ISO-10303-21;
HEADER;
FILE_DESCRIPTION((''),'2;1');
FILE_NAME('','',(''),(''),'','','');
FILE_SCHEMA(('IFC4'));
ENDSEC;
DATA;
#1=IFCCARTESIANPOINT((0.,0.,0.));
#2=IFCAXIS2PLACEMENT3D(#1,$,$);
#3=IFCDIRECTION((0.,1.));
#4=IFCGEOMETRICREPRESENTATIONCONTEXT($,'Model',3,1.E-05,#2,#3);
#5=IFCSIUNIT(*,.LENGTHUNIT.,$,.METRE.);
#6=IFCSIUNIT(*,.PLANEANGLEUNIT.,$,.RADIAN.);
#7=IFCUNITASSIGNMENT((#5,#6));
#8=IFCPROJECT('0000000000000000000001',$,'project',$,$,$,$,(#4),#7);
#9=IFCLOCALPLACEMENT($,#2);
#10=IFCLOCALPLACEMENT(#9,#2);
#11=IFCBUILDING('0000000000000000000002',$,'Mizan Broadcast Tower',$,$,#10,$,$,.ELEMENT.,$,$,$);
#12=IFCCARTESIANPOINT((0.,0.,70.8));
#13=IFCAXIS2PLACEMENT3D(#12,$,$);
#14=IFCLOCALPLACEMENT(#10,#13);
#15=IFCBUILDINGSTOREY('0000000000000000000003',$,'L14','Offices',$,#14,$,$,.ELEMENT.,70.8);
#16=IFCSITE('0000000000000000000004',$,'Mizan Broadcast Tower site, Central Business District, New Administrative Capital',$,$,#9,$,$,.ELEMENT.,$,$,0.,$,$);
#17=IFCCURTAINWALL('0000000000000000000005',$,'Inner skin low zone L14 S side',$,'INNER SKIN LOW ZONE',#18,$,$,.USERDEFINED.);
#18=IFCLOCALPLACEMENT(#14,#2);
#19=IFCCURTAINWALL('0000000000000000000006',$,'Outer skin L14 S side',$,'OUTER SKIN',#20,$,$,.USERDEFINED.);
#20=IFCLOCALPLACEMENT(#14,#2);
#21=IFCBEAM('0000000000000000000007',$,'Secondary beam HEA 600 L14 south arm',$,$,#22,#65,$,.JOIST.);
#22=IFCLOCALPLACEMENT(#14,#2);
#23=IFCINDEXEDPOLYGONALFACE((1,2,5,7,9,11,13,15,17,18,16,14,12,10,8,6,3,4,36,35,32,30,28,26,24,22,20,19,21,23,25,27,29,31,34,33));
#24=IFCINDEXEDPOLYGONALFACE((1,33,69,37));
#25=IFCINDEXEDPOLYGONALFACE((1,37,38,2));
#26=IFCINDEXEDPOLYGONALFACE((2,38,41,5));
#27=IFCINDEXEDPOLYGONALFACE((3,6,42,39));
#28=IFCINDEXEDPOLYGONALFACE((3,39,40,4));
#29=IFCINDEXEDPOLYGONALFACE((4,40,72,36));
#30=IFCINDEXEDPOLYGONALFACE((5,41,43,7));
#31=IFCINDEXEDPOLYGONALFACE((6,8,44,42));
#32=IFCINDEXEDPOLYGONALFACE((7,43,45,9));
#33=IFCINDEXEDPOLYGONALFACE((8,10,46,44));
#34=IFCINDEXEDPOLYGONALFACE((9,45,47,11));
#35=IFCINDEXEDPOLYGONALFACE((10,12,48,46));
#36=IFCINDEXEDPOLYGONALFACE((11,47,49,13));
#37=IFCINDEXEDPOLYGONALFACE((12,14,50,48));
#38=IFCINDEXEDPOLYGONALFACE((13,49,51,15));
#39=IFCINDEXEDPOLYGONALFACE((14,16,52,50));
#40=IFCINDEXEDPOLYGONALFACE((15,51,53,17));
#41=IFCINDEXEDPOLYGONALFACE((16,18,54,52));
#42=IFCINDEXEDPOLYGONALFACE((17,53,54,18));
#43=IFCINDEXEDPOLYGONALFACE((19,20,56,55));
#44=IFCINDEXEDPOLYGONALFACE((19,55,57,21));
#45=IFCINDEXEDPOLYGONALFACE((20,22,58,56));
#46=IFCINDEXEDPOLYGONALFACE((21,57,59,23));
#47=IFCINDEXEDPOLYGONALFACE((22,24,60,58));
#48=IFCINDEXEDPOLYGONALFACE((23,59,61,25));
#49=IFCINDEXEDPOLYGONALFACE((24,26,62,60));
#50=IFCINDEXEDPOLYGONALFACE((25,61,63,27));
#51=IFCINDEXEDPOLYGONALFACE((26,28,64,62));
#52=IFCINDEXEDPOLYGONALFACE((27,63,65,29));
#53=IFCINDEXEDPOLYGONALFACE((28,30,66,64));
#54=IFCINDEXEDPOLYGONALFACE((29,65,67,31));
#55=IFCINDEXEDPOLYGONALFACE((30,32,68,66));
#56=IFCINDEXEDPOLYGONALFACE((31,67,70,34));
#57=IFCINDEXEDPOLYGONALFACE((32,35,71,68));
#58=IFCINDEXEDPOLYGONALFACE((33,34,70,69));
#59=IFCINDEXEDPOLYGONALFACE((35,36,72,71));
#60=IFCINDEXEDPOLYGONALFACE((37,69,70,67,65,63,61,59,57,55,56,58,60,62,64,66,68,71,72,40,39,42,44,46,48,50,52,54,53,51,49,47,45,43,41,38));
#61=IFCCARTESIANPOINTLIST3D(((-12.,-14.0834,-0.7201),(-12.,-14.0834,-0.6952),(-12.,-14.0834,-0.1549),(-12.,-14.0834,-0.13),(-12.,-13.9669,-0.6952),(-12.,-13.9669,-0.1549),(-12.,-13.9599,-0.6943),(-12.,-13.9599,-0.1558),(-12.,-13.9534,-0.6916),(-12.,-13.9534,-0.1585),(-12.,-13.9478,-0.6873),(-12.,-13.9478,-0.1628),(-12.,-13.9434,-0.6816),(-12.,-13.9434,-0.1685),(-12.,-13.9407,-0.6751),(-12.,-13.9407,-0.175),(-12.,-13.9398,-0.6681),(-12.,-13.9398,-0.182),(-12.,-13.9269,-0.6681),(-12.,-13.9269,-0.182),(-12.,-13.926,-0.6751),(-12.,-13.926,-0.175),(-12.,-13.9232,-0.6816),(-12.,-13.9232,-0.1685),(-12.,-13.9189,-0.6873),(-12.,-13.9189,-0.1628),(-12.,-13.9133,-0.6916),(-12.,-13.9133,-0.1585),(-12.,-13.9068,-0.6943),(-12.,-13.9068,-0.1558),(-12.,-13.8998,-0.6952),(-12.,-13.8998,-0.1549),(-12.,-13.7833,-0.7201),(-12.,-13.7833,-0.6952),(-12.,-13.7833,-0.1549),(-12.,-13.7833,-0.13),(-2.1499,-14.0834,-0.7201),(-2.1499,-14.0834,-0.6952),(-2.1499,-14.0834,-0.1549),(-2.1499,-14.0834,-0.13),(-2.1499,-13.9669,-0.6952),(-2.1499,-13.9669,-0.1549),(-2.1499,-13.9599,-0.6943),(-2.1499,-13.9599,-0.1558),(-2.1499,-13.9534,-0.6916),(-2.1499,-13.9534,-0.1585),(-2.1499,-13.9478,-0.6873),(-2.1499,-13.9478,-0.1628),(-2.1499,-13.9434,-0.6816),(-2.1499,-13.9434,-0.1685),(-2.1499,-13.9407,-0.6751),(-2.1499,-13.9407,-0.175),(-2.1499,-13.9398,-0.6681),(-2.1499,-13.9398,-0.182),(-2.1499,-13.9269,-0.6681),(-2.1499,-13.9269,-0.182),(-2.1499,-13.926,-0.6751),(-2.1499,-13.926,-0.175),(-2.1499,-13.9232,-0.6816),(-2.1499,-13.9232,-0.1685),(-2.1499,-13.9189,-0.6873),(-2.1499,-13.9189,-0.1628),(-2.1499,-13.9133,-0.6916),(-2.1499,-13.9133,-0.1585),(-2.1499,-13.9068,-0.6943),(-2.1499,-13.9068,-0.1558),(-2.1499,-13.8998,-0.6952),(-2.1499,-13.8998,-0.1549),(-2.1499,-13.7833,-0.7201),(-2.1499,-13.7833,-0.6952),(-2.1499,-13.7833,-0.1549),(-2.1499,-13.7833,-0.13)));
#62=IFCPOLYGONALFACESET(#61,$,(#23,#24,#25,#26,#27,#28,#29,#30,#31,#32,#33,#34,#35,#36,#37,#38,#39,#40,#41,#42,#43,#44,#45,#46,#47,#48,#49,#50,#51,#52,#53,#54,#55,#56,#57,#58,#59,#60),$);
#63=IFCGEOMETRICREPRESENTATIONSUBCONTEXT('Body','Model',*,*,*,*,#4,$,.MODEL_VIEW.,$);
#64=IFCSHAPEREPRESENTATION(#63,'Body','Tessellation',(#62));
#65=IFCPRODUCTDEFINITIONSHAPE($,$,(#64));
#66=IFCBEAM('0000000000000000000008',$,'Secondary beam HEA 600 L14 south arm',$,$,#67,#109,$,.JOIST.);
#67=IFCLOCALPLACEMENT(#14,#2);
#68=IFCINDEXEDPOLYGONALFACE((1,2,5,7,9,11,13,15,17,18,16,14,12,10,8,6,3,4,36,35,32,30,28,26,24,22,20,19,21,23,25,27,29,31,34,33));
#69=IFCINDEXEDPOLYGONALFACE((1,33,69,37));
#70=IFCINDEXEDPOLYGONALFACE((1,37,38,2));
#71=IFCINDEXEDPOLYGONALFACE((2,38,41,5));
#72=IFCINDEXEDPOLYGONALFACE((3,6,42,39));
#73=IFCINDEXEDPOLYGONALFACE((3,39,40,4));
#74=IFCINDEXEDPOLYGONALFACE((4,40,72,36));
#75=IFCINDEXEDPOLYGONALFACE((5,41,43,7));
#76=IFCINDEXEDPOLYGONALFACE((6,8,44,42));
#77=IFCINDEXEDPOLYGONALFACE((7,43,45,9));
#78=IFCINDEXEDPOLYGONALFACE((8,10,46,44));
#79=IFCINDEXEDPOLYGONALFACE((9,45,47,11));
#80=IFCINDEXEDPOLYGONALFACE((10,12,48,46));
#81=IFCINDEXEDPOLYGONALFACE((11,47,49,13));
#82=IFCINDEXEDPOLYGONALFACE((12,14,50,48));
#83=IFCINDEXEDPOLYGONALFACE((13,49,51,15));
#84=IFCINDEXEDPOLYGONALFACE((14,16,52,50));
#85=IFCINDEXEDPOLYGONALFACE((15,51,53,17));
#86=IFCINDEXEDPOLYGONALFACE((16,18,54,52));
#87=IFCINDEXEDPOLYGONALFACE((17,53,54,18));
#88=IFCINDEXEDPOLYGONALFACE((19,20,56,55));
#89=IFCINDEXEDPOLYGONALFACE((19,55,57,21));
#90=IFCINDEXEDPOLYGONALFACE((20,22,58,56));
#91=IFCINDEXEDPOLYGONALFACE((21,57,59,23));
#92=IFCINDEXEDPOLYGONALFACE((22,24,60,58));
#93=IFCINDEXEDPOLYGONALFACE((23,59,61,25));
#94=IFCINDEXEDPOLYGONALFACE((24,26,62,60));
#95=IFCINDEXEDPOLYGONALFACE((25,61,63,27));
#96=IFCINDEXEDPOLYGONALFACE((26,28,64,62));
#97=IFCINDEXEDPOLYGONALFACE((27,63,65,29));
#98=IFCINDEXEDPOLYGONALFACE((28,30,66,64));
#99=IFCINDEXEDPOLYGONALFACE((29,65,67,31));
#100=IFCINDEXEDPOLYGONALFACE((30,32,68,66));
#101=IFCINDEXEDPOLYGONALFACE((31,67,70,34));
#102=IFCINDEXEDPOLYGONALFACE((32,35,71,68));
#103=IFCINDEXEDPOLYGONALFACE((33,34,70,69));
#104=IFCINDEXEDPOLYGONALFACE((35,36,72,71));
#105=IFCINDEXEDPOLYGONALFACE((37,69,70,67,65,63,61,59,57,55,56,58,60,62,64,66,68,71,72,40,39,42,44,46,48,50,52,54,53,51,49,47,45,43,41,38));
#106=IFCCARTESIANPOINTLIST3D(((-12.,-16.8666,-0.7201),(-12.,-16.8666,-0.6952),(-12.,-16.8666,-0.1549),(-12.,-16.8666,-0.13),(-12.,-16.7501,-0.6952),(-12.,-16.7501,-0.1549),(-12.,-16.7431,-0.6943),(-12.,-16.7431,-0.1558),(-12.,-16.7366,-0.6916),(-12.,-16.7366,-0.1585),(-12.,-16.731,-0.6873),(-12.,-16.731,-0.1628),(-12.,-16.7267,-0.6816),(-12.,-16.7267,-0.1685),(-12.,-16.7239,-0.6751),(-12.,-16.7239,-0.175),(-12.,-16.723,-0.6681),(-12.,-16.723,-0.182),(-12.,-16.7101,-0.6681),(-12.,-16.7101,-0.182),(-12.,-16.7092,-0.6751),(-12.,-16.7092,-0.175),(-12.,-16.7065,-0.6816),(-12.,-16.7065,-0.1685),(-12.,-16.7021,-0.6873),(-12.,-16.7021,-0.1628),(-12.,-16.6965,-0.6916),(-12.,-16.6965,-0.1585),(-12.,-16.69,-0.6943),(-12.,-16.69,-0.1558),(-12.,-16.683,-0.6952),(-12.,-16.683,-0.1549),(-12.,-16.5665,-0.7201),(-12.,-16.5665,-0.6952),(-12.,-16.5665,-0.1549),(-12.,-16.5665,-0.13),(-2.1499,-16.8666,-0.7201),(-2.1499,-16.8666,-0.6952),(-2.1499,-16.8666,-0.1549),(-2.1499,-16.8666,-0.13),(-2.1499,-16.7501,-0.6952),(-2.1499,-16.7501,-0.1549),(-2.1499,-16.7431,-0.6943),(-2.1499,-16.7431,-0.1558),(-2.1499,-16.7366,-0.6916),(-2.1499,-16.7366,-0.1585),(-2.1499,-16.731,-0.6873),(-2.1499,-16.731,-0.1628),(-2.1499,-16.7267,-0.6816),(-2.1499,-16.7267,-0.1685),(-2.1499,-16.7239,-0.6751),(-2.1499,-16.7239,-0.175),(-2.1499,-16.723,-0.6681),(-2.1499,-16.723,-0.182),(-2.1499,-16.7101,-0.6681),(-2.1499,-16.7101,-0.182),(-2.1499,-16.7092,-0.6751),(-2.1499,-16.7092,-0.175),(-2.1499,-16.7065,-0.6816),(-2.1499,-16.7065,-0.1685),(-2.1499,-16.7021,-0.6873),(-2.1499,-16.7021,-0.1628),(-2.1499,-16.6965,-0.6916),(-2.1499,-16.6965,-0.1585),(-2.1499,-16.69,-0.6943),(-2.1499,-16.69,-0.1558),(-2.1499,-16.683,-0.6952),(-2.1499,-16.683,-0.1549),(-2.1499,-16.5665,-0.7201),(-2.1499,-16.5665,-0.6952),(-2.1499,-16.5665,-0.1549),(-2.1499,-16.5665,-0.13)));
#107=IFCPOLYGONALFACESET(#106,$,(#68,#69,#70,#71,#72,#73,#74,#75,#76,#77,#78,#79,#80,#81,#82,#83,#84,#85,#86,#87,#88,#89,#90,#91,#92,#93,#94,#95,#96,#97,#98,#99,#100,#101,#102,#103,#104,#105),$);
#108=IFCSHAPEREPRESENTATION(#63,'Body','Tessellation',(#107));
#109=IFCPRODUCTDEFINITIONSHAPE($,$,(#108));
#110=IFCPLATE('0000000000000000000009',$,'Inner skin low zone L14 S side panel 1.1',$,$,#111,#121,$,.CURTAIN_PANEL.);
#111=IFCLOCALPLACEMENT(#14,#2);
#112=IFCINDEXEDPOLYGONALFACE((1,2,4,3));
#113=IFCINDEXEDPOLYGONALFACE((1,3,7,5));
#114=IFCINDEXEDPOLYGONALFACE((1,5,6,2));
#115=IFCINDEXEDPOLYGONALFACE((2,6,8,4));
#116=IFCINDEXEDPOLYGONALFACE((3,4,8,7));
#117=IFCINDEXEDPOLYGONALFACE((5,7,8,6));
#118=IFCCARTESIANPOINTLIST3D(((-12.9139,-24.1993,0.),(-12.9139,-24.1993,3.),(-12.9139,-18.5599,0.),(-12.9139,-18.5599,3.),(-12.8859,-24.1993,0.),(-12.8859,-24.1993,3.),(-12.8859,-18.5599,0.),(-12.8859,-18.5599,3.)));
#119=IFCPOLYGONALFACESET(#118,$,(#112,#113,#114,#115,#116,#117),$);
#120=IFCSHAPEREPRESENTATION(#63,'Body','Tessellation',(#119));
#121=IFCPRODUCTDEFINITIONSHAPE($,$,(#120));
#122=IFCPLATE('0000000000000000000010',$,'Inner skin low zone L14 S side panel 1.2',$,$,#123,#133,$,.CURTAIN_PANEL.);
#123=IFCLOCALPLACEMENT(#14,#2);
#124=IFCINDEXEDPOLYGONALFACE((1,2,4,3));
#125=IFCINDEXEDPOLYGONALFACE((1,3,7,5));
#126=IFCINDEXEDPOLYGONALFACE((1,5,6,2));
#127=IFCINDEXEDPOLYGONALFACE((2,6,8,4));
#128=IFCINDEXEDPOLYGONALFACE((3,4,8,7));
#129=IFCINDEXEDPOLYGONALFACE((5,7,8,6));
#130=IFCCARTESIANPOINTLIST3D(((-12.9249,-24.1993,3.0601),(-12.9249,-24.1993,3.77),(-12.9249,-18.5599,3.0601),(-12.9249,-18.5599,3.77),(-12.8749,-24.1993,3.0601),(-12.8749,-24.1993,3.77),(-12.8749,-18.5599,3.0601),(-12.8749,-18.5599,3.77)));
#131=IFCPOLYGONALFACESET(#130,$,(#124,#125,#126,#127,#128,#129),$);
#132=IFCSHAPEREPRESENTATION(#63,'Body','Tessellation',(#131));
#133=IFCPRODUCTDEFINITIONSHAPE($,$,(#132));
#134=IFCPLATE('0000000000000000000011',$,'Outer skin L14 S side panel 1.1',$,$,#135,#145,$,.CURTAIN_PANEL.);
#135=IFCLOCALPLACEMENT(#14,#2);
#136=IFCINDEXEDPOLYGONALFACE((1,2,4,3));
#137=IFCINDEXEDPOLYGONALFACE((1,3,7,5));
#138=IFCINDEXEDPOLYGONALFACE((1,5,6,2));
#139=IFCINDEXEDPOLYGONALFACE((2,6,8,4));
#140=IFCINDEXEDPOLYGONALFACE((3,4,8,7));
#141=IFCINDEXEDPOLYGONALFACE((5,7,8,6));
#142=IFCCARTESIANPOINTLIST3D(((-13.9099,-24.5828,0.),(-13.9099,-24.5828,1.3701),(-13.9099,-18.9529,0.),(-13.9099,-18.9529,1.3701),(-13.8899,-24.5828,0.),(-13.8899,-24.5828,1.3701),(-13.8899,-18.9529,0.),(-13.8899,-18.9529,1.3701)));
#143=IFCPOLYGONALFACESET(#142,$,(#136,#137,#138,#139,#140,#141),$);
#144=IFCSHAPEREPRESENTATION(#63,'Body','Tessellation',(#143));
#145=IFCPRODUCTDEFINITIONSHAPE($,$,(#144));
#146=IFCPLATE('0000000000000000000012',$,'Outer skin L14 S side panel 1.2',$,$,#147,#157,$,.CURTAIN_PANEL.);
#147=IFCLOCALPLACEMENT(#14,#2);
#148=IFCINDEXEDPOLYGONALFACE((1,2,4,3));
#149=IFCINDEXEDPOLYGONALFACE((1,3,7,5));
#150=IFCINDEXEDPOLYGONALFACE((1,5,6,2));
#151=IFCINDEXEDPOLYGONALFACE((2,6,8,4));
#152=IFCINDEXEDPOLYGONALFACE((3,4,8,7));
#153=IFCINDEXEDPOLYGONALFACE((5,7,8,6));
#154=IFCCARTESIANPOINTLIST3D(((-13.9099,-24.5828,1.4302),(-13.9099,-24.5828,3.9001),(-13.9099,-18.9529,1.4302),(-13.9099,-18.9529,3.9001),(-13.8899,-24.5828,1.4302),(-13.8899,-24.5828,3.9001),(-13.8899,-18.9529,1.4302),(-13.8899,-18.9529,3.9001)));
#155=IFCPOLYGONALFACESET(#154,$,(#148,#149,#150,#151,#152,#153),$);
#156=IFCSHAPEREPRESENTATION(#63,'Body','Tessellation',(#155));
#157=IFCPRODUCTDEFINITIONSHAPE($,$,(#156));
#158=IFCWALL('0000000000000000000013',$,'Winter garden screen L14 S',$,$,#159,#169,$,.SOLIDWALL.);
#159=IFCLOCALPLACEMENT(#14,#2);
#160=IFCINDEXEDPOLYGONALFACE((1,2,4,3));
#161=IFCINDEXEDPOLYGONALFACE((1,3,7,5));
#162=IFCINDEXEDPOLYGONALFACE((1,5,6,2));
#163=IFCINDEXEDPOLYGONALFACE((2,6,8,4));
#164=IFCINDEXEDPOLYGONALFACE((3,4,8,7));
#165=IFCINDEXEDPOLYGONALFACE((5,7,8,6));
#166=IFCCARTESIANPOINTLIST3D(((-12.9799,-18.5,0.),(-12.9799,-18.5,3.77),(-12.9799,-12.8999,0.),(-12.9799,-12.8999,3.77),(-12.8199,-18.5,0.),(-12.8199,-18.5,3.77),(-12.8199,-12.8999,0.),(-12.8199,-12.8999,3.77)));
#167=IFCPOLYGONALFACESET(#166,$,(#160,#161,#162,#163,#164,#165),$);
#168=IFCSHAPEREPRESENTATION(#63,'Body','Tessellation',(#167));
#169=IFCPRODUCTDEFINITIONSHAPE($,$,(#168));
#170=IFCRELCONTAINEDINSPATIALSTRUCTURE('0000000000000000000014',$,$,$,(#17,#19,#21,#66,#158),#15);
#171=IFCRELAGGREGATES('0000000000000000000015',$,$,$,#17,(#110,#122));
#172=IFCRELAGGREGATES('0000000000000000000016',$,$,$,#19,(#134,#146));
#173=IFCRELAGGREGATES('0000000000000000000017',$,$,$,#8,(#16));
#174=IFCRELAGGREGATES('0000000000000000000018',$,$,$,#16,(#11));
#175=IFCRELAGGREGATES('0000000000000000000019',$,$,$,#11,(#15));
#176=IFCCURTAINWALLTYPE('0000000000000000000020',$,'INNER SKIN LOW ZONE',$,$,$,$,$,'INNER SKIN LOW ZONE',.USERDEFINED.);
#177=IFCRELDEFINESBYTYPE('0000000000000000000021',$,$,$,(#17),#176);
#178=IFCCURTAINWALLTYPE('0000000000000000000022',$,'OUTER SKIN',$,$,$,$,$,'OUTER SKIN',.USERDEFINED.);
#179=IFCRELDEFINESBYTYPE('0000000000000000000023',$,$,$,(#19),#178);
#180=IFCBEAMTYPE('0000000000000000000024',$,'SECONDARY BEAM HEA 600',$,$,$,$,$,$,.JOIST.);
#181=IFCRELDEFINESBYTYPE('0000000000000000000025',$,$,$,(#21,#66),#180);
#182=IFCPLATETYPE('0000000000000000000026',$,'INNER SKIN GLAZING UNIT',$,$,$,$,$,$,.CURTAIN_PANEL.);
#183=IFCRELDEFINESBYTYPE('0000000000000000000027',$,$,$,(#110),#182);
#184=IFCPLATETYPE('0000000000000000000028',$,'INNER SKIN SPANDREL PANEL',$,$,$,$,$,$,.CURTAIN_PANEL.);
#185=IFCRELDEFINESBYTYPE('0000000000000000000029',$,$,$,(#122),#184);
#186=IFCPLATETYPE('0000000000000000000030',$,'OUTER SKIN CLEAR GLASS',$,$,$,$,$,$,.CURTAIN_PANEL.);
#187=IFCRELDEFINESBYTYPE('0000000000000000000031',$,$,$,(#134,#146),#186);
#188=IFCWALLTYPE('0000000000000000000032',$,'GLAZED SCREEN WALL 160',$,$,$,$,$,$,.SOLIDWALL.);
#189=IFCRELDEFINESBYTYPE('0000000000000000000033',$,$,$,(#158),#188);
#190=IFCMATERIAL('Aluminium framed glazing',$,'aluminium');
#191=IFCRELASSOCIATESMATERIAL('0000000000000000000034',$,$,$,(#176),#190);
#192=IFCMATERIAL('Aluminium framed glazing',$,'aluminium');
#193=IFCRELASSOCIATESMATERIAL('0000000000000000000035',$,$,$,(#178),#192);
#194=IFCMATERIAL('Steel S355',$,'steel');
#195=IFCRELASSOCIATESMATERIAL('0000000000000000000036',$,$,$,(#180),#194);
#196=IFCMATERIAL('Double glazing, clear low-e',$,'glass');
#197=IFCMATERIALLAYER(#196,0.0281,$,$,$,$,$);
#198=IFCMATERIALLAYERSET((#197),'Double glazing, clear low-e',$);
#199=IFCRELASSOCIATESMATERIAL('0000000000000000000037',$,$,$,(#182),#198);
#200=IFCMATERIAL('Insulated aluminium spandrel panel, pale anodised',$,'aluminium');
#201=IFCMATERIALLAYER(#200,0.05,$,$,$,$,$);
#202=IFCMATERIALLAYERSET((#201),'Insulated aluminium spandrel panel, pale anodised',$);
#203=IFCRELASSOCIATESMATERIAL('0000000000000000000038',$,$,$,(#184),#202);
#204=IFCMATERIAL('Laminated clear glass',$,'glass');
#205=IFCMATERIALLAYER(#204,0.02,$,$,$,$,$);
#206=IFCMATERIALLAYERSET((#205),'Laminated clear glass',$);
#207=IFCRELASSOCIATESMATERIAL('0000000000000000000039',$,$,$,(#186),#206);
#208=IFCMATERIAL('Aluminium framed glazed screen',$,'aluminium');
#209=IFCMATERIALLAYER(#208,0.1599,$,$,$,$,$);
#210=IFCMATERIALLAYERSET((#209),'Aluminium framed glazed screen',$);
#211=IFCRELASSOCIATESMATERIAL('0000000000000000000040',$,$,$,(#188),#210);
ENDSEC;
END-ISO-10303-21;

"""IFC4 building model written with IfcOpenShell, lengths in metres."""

from ifc_helpers import new_model, si_unit, direction, frame, frame_2d, origin, origin_2d, place, context, subcontext, project, spatial, rectangle, i_section, extrude, material, layer, layer_set, material_profile, profile_set, type_object, element, aggregate, save


model = new_model("IFC4")

# Units and contexts
model_context = context("Model", 3, precision=1e-05, world=origin(), true_north=direction((0.0, 1.0)))
body_context = subcontext(model_context, "Body", "Model", "MODEL_VIEW")
ifc_project = project(units=[si_unit("LENGTHUNIT", "METRE"), si_unit("PLANEANGLEUNIT", "RADIAN")], contexts=[model_context])

# Site, building, storey
site_placement = place(None, origin())
site = spatial("IfcSite", under=ifc_project, at=site_placement, Name="Mizan Broadcast Tower site, Central Business District, New Administrative Capital", CompositionType="ELEMENT", RefElevation=0.0)
building_placement = place(site_placement, origin())
building = spatial("IfcBuilding", under=site, at=building_placement, Name="Mizan Broadcast Tower", CompositionType="ELEMENT")
storey_placement = place(building_placement, frame((0.0, 0.0, 70.8)))
storey = spatial("IfcBuildingStorey", under=building, at=storey_placement, Name="L14", Description="Offices", CompositionType="ELEMENT", Elevation=70.8)

# Curtain walls
ifc_material_1 = material(Name="Aluminium framed glazing", Category="aluminium")
curtain_wall_type_1 = type_object("IfcCurtainWallType", Name="INNER SKIN LOW ZONE", ElementType="INNER SKIN LOW ZONE", PredefinedType="USERDEFINED", material=ifc_material_1)
curtain_wall_1_placement = place(storey_placement, origin())
curtain_wall_1 = element("IfcCurtainWall", 1, at=curtain_wall_1_placement, inside=storey, type_object=curtain_wall_type_1, Name="Inner skin low zone L14 S side", ObjectType="INNER SKIN LOW ZONE", PredefinedType="USERDEFINED")
ifc_material_2 = material(Name="Aluminium framed glazing", Category="aluminium")
curtain_wall_type_2 = type_object("IfcCurtainWallType", Name="OUTER SKIN", ElementType="OUTER SKIN", PredefinedType="USERDEFINED", material=ifc_material_2)
curtain_wall_2_placement = place(storey_placement, origin())
curtain_wall_2 = element("IfcCurtainWall", 2, at=curtain_wall_2_placement, inside=storey, type_object=curtain_wall_type_2, Name="Outer skin L14 S side", ObjectType="OUTER SKIN", PredefinedType="USERDEFINED")

# Beams
ifc_material_3 = material(Name="Steel S355", Category="steel")
ifc_material_profile_1 = material_profile(ifc_material_3, i_section(OverallWidth=0.3, OverallDepth=0.5901, WebThickness=0.0129, FlangeThickness=0.0249, FilletRadius=0.0271, at=origin_2d()), Name="HEA 600")
ifc_profile_set_1 = profile_set([ifc_material_profile_1], Name="Steel S355")
beam_type_1 = type_object("IfcBeamType", Name="SECONDARY BEAM HEA 600", PredefinedType="JOIST", material=ifc_profile_set_1)
for number, where, z_axis, x_axis, name in (
    (3, (-12.0, -13.9333, -0.425), (1.0, 0.0, 0.0), (0.0, 1.0, 0.0), "Secondary beam HEA 600 L14 south arm"),
    (4, (-12.0, -16.7166, -0.425), (1.0, 0.0, 0.0), (0.0, 1.0, 0.0), "Secondary beam HEA 600 L14 south arm"),
):
    element("IfcBeam", number, at=place(storey_placement, frame(where, z_axis=z_axis, x_axis=x_axis)), inside=storey, type_object=beam_type_1, Name=name, PredefinedType="JOIST", context=body_context, shape_type="SweptSolid", body=[
        extrude(i_section(OverallWidth=0.3, OverallDepth=0.5901, WebThickness=0.0129, FlangeThickness=0.0249, FilletRadius=0.0271, at=origin_2d()), origin(), (0.0, 0.0, 1.0), 9.8501),
    ])

# Plates
ifc_material_4 = material(Name="Double glazing, clear low-e", Category="glass")
ifc_layer_1 = layer(ifc_material_4, 0.0281)
ifc_layer_set_1 = layer_set([ifc_layer_1], Name="Double glazing, clear low-e")
plate_type_1 = type_object("IfcPlateType", Name="INNER SKIN GLAZING UNIT", PredefinedType="CURTAIN_PANEL", material=ifc_layer_set_1)
plate_1_placement = place(storey_placement, frame((-12.8999, -21.3796, 0.0), z_axis=(0.0, 0.0, 1.0), x_axis=(0.0, -1.0, 0.0)))
plate_1 = element("IfcPlate", 5, at=plate_1_placement, type_object=plate_type_1, Name="Inner skin low zone L14 S side panel 1.1", PredefinedType="CURTAIN_PANEL", context=body_context, shape_type="SweptSolid", body=[
    extrude(rectangle(XDim=5.6394, YDim=0.0281, at=origin_2d()), origin(), (0.0, 0.0, 1.0), 3.0),
])
ifc_material_5 = material(Name="Insulated aluminium spandrel panel, pale anodised", Category="aluminium")
ifc_layer_2 = layer(ifc_material_5, 0.05)
ifc_layer_set_2 = layer_set([ifc_layer_2], Name="Insulated aluminium spandrel panel, pale anodised")
plate_type_2 = type_object("IfcPlateType", Name="INNER SKIN SPANDREL PANEL", PredefinedType="CURTAIN_PANEL", material=ifc_layer_set_2)
plate_2_placement = place(storey_placement, frame((-12.8999, -21.3796, 3.0601), z_axis=(0.0, 0.0, 1.0), x_axis=(0.0, -1.0, 0.0)))
plate_2 = element("IfcPlate", 6, at=plate_2_placement, type_object=plate_type_2, Name="Inner skin low zone L14 S side panel 1.2", PredefinedType="CURTAIN_PANEL", context=body_context, shape_type="SweptSolid", body=[
    extrude(rectangle(XDim=5.6394, YDim=0.05, at=origin_2d()), origin(), (0.0, 0.0, 1.0), 0.71),
])
aggregate(curtain_wall_1, [plate_1, plate_2])
ifc_material_6 = material(Name="Laminated clear glass", Category="glass")
ifc_layer_3 = layer(ifc_material_6, 0.02)
ifc_layer_set_3 = layer_set([ifc_layer_3], Name="Laminated clear glass")
plate_type_3 = type_object("IfcPlateType", Name="OUTER SKIN CLEAR GLASS", PredefinedType="CURTAIN_PANEL", material=ifc_layer_set_3)
plate_3_placement = place(storey_placement, frame((-13.8999, -21.7678, 0.0), z_axis=(0.0, 0.0, 1.0), x_axis=(0.0, -1.0, 0.0)))
plate_3 = element("IfcPlate", 7, at=plate_3_placement, type_object=plate_type_3, Name="Outer skin L14 S side panel 1.1", PredefinedType="CURTAIN_PANEL", context=body_context, shape_type="SweptSolid", body=[
    extrude(rectangle(XDim=5.6299, YDim=0.02, at=origin_2d()), origin(), (0.0, 0.0, 1.0), 1.3701),
])
plate_4_placement = place(storey_placement, frame((-13.8999, -21.7678, 1.4302), z_axis=(0.0, 0.0, 1.0), x_axis=(0.0, -1.0, 0.0)))
plate_4 = element("IfcPlate", 8, at=plate_4_placement, type_object=plate_type_3, Name="Outer skin L14 S side panel 1.2", PredefinedType="CURTAIN_PANEL", context=body_context, shape_type="SweptSolid", body=[
    extrude(rectangle(XDim=5.6299, YDim=0.02, at=origin_2d()), origin(), (0.0, 0.0, 1.0), 2.47),
])
aggregate(curtain_wall_2, [plate_3, plate_4])

# Wall
ifc_material_7 = material(Name="Aluminium framed glazed screen", Category="aluminium")
ifc_layer_4 = layer(ifc_material_7, 0.1599)
ifc_layer_set_4 = layer_set([ifc_layer_4], Name="Aluminium framed glazed screen")
wall_type = type_object("IfcWallType", Name="GLAZED SCREEN WALL 160", PredefinedType="SOLIDWALL", material=ifc_layer_set_4)
wall_placement = place(storey_placement, frame((-12.8999, -12.8999, 0.0), z_axis=(0.0, 0.0, 1.0), x_axis=(0.0, -1.0, 0.0)))
element("IfcWall", 9, at=wall_placement, inside=storey, type_object=wall_type, Name="Winter garden screen L14 S", PredefinedType="SOLIDWALL", context=body_context, shape_type="SweptSolid", body=[
    extrude(rectangle(XDim=5.6001, YDim=0.1599, at=frame_2d((2.8, 0.0))), origin(), (0.0, 0.0, 1.0), 3.77),
])

save(model, "model.ifc")
